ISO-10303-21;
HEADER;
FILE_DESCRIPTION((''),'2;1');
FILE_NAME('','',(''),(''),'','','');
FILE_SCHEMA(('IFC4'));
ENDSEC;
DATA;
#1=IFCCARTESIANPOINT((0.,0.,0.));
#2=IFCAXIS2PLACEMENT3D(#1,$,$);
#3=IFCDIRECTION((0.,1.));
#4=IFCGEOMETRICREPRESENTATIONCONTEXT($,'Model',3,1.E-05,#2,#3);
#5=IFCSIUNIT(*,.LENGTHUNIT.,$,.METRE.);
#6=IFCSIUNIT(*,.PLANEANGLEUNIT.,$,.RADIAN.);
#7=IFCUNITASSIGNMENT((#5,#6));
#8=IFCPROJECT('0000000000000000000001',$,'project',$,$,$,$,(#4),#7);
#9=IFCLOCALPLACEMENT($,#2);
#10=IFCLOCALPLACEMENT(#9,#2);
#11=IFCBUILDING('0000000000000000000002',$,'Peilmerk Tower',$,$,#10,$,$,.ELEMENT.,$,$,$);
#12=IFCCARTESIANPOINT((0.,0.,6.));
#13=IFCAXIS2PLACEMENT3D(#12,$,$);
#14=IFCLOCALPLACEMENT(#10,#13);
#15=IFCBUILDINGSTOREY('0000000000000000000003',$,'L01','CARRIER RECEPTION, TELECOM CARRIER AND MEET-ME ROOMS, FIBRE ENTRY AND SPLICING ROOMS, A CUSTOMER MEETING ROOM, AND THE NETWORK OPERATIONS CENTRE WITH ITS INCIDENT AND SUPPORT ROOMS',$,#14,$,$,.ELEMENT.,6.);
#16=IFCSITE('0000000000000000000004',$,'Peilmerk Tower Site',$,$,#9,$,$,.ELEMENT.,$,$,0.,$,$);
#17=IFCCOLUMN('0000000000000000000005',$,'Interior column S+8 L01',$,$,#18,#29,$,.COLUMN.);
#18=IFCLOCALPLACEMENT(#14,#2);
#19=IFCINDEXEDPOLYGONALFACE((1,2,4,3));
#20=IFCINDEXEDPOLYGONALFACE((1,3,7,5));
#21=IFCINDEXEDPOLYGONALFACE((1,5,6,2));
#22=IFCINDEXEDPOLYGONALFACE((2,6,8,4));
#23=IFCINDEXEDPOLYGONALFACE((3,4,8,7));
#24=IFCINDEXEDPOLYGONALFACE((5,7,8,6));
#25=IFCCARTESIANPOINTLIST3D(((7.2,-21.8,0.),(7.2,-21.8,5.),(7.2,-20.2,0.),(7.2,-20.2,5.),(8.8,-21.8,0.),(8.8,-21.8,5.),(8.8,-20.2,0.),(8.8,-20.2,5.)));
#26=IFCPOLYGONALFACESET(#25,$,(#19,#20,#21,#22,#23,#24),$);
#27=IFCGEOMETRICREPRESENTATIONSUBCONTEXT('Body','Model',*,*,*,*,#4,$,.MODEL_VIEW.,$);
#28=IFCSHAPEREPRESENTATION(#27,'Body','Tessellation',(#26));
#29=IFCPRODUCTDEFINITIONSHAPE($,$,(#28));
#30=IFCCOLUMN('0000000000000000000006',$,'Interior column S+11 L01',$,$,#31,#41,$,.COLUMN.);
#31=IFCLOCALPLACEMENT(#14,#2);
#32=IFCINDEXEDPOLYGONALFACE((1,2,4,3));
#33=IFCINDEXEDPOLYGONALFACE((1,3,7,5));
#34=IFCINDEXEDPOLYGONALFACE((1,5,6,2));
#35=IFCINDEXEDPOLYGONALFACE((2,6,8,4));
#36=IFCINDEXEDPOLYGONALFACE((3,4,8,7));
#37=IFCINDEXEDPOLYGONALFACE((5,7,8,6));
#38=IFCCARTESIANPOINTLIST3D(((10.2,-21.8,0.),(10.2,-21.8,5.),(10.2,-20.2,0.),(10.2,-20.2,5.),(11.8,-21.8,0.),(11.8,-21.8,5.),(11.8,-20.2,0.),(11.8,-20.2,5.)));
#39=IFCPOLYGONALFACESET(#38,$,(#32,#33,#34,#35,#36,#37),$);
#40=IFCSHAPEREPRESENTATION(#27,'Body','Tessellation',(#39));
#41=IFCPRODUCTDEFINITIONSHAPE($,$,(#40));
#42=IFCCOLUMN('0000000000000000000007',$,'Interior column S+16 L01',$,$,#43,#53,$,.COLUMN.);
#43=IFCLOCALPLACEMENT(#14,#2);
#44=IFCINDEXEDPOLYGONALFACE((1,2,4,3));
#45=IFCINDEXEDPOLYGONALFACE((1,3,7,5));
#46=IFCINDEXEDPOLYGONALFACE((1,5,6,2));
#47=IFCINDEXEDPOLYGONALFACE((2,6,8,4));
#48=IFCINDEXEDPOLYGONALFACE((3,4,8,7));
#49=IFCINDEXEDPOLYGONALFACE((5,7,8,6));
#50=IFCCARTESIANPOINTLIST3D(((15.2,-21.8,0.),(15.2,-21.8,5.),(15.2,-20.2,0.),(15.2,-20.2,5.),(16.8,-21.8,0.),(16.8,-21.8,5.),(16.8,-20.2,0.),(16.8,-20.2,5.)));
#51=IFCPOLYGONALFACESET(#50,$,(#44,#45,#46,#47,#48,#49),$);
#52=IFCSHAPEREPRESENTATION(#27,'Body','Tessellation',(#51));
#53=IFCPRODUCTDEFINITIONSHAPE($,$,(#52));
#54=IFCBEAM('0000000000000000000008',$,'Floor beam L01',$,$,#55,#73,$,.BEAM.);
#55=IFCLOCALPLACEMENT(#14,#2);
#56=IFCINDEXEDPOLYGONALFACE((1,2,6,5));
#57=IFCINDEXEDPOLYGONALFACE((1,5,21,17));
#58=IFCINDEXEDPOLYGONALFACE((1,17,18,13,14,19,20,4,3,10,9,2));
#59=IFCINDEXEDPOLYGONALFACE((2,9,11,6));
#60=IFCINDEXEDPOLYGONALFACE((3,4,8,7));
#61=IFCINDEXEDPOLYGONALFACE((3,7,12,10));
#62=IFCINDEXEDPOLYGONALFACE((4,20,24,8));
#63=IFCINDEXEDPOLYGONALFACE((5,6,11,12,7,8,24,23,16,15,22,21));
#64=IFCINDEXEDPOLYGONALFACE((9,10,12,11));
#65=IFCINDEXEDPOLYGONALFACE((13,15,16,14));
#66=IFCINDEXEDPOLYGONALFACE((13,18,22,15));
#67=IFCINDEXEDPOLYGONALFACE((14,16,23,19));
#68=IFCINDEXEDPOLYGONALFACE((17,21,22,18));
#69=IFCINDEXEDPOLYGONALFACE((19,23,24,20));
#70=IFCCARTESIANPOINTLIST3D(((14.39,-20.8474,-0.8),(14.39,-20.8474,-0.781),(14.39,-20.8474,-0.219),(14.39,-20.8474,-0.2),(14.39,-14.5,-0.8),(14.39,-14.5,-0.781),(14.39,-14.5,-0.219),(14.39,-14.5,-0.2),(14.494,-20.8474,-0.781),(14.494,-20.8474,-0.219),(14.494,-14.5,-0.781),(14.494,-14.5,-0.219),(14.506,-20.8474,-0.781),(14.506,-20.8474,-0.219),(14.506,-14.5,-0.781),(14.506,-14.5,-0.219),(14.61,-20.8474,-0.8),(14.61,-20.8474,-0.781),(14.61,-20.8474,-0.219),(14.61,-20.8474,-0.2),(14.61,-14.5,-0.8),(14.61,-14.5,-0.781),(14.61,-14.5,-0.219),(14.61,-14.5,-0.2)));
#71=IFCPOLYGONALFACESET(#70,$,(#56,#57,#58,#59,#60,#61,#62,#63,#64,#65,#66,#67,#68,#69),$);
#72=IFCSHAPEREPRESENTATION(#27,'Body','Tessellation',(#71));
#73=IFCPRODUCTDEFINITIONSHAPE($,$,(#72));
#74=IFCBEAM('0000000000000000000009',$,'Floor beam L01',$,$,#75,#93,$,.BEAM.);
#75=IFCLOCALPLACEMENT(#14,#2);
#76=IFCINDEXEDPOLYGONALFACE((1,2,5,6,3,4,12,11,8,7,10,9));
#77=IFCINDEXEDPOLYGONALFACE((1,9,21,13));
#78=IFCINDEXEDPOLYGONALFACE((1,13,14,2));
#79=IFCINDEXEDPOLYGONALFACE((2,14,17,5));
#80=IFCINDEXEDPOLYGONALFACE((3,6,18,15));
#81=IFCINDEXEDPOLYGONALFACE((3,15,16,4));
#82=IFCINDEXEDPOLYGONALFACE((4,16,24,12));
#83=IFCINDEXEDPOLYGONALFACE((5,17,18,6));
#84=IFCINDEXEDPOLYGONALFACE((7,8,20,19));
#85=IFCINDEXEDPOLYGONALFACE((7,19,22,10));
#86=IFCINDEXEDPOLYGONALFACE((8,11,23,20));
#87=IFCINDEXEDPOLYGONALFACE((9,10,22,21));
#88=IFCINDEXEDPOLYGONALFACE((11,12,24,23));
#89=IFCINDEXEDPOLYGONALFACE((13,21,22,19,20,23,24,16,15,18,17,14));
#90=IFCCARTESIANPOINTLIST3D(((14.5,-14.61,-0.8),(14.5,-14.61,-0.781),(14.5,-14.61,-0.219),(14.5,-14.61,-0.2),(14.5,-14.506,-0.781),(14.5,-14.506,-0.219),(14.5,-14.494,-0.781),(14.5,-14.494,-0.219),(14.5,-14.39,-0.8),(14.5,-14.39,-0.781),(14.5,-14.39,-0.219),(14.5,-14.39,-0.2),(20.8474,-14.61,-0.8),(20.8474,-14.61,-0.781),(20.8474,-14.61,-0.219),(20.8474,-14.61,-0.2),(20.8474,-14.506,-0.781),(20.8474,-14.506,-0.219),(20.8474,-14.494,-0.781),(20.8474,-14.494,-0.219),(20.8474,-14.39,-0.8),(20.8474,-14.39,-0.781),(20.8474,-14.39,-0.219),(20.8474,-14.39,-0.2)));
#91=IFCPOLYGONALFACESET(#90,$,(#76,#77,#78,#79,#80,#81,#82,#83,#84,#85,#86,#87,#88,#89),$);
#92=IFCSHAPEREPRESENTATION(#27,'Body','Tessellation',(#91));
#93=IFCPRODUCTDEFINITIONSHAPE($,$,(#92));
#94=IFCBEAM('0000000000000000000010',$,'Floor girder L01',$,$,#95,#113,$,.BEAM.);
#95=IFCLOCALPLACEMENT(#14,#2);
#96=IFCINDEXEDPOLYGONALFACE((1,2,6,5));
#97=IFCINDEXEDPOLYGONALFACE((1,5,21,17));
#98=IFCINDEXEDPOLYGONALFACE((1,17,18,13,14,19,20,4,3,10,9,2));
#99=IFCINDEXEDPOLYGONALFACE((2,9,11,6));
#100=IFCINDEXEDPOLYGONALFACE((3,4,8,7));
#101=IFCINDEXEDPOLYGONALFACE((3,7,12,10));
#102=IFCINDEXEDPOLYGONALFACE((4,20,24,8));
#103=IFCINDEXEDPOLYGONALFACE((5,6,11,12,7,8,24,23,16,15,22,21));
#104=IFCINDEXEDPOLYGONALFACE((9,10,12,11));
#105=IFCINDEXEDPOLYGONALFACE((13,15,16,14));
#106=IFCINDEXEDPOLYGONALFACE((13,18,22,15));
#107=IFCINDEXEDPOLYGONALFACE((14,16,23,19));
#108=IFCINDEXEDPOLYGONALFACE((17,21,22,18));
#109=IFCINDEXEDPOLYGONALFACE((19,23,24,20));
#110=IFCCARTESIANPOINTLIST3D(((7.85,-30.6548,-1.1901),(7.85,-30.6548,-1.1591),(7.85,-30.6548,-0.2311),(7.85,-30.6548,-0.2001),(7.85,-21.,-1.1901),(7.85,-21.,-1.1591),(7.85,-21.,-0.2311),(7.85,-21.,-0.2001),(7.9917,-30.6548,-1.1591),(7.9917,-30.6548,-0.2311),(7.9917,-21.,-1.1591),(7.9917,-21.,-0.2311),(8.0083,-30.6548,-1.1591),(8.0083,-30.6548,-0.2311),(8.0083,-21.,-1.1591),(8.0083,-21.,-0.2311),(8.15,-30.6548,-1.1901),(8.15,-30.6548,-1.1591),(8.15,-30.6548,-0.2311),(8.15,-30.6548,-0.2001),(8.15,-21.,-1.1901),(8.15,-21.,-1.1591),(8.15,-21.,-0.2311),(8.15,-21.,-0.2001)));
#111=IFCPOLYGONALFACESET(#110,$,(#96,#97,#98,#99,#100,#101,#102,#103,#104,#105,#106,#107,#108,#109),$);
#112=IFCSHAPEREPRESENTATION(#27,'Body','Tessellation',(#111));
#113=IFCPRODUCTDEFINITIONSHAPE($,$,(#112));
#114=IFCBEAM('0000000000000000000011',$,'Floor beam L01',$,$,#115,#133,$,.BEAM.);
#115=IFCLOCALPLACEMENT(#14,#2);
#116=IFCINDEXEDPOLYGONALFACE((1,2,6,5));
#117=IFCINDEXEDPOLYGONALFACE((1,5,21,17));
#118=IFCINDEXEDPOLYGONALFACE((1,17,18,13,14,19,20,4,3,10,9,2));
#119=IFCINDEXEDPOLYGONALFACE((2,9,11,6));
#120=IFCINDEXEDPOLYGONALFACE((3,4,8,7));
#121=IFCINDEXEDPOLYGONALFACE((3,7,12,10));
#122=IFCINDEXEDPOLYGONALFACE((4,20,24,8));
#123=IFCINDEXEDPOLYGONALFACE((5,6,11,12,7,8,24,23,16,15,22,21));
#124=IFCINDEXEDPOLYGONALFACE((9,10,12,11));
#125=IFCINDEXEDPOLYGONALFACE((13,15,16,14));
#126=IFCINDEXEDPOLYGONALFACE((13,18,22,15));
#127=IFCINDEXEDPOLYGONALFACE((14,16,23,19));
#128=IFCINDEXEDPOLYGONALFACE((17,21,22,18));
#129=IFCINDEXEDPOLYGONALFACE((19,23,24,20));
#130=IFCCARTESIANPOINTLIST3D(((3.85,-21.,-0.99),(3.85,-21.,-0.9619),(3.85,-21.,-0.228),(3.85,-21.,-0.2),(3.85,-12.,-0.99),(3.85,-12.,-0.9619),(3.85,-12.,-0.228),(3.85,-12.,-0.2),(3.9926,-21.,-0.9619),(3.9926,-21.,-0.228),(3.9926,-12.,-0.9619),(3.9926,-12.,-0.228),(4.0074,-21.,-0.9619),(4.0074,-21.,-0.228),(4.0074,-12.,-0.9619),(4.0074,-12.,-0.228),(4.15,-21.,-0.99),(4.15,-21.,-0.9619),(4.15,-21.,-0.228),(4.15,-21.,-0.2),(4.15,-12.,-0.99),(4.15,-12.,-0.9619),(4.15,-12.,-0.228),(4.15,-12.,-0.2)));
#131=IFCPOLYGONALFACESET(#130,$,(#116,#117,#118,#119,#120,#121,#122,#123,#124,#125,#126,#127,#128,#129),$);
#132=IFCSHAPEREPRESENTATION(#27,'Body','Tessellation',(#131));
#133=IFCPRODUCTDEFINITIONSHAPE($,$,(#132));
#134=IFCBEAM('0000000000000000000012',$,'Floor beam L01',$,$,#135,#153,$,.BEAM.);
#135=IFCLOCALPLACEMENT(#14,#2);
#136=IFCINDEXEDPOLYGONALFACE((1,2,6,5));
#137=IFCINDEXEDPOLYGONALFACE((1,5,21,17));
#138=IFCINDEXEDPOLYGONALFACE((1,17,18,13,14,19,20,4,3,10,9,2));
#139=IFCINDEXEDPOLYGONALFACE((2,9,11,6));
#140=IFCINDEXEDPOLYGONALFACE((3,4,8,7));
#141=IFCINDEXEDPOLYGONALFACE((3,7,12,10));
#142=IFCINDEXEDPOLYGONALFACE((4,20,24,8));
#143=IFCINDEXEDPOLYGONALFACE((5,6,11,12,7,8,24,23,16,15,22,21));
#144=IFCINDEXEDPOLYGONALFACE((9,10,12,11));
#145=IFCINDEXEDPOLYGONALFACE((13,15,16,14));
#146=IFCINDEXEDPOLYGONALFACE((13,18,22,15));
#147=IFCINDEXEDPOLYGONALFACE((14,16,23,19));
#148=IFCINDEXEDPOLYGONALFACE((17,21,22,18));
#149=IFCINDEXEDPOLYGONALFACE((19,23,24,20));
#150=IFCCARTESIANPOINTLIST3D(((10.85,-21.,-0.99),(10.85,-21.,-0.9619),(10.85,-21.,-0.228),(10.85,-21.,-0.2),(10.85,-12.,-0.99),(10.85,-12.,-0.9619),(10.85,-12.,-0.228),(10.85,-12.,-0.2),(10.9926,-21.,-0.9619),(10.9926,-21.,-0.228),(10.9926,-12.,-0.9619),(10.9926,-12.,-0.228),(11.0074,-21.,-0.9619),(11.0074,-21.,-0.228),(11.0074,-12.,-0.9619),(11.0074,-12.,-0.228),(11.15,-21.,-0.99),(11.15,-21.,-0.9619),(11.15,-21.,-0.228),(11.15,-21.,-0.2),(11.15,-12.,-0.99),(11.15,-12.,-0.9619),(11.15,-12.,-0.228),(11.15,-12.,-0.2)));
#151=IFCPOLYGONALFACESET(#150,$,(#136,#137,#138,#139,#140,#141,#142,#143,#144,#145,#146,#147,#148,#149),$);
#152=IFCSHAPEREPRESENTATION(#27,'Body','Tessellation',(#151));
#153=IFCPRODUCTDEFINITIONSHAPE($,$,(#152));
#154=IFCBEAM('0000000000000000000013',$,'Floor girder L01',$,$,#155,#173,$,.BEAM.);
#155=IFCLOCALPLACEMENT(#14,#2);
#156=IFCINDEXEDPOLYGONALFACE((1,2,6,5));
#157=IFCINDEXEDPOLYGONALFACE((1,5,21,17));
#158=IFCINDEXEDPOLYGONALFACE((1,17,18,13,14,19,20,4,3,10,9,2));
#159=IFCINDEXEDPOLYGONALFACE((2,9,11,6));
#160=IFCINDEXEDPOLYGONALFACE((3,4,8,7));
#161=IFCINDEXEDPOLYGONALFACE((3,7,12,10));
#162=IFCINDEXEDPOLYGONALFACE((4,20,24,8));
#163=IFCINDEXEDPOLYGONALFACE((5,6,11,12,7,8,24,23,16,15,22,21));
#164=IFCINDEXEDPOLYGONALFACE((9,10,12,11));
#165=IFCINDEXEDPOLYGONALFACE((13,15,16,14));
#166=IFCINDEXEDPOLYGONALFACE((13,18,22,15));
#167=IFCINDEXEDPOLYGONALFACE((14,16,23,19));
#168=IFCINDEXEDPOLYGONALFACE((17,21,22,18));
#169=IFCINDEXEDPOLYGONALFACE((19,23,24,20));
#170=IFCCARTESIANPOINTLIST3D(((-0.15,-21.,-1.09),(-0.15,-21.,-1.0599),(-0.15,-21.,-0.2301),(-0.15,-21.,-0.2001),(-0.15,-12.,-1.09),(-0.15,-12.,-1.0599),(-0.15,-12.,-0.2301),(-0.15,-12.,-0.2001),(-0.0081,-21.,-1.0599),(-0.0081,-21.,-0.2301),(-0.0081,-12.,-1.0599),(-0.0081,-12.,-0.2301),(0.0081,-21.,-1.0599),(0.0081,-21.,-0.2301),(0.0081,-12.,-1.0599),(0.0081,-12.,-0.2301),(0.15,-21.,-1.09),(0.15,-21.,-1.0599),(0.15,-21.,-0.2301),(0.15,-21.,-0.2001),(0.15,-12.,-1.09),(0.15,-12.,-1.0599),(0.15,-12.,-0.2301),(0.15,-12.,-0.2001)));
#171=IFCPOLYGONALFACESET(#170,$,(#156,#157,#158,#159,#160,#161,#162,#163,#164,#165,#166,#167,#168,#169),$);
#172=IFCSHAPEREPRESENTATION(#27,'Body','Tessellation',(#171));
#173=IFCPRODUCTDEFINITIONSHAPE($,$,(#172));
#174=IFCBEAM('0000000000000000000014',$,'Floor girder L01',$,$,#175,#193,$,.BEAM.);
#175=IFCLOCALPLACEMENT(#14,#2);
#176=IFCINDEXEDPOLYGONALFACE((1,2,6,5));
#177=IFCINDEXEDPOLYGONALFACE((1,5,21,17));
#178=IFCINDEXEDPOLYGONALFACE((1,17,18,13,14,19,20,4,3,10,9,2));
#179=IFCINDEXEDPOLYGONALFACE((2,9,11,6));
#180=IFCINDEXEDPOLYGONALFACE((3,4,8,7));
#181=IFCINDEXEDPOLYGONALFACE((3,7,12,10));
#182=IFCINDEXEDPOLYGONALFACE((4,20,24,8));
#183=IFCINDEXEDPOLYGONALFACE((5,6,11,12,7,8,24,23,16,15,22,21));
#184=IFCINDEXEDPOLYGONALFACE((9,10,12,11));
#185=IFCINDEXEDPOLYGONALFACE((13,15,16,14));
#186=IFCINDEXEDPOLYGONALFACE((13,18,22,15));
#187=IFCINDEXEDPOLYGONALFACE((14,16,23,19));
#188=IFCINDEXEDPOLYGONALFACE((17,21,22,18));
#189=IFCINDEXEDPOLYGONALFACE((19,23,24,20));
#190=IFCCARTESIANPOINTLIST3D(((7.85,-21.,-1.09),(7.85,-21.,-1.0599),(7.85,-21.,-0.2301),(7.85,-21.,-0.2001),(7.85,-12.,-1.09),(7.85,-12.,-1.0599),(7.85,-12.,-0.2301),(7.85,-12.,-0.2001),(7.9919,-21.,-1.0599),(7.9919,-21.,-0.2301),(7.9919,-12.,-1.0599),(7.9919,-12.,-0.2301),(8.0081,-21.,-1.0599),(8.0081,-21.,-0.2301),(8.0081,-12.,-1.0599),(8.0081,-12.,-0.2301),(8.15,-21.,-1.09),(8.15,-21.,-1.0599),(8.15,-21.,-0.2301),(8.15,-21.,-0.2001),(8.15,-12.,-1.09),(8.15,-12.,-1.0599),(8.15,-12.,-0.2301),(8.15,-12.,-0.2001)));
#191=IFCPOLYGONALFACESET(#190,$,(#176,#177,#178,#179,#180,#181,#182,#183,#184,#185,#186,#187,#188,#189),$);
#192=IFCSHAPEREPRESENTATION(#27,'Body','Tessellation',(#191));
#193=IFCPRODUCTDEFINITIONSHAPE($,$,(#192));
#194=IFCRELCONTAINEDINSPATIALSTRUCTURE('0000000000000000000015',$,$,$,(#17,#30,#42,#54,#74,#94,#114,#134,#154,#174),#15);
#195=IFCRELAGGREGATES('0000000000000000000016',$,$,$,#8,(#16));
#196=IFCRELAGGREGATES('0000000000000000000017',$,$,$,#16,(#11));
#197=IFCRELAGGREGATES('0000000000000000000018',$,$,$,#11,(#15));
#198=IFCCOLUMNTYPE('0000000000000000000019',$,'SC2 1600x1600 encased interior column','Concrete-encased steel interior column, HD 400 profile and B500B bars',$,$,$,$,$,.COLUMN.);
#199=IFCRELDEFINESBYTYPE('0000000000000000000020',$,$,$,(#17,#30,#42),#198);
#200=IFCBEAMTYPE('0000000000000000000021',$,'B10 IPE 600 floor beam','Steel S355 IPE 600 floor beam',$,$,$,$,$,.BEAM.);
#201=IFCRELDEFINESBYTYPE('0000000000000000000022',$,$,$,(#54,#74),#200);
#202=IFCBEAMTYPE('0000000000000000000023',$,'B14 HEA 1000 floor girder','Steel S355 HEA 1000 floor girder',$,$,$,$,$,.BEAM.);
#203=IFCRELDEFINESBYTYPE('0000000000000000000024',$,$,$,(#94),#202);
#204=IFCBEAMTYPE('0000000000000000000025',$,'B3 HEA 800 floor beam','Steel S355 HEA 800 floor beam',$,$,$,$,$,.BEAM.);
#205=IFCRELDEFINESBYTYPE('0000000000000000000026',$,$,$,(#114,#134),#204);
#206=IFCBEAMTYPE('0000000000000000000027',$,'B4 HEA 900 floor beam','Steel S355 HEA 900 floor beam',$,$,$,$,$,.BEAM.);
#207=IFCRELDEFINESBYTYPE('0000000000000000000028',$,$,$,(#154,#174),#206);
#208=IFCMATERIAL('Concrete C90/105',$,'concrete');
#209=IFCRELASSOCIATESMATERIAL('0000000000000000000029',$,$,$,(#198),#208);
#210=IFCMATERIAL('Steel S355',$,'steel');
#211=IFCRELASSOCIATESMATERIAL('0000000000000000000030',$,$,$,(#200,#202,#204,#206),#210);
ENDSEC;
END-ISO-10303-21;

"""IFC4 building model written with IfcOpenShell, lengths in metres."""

from ifc_helpers import new_model, si_unit, direction, frame, origin, origin_2d, place, context, subcontext, project, spatial, rectangle, i_section, extrude, material, material_profile, profile_set, type_object, element, save


model = new_model("IFC4")

# Units and contexts
model_context = context("Model", 3, precision=1e-05, world=origin(), true_north=direction((0.0, 1.0)))
body_context = subcontext(model_context, "Body", "Model", "MODEL_VIEW")
ifc_project = project(units=[si_unit("LENGTHUNIT", "METRE"), si_unit("PLANEANGLEUNIT", "RADIAN")], contexts=[model_context])

# Site, building, storey
site_placement = place(None, origin())
site = spatial("IfcSite", under=ifc_project, at=site_placement, Name="Peilmerk Tower Site", CompositionType="ELEMENT", RefElevation=0.0)
building_placement = place(site_placement, origin())
building = spatial("IfcBuilding", under=site, at=building_placement, Name="Peilmerk Tower", CompositionType="ELEMENT")
storey_placement = place(building_placement, frame((0.0, 0.0, 6.0)))
storey = spatial("IfcBuildingStorey", under=building, at=storey_placement, Name="L01", Description="CARRIER RECEPTION, TELECOM CARRIER AND MEET-ME ROOMS, FIBRE ENTRY AND SPLICING ROOMS, A CUSTOMER MEETING ROOM, AND THE NETWORK OPERATIONS CENTRE WITH ITS INCIDENT AND SUPPORT ROOMS", CompositionType="ELEMENT", Elevation=6.0)

# Columns
ifc_material_1 = material(Name="Concrete C90/105", Category="concrete")
ifc_material_profile_1 = material_profile(ifc_material_1, rectangle(XDim=1.6001, YDim=1.6001, at=origin_2d()), Name="RC 1600x1600")
ifc_profile_set_1 = profile_set([ifc_material_profile_1], Name="Concrete C90/105")
column_type = type_object("IfcColumnType", Name="SC2 1600x1600 encased interior column", Description="Concrete-encased steel interior column, HD 400 profile and B500B bars", PredefinedType="COLUMN", material=ifc_profile_set_1)
for number, where, z_axis, x_axis, name in (
    (1, (8.0, -21.0, 0.0), (0.0, 0.0, 1.0), (1.0, 0.0, 0.0), "Interior column S+8 L01"),
    (2, (11.0, -21.0, 0.0), (0.0, 0.0, 1.0), (1.0, 0.0, 0.0), "Interior column S+11 L01"),
    (3, (16.0, -21.0, 0.0), (0.0, 0.0, 1.0), (1.0, 0.0, 0.0), "Interior column S+16 L01"),
):
    element("IfcColumn", number, at=place(storey_placement, frame(where, z_axis=z_axis, x_axis=x_axis)), inside=storey, type_object=column_type, Name=name, PredefinedType="COLUMN", context=body_context, shape_type="SweptSolid", body=[
        extrude(rectangle(XDim=1.6001, YDim=1.6001, at=origin_2d()), origin(), (0.0, 0.0, 1.0), 5.0),
    ])

# Beams
ifc_material_2 = material(Name="Steel S355", Category="steel")
ifc_material_profile_2 = material_profile(ifc_material_2, i_section(OverallWidth=0.22, OverallDepth=0.6001, WebThickness=0.012, FlangeThickness=0.019, at=origin_2d()), Name="IPE 600")
ifc_profile_set_2 = profile_set([ifc_material_profile_2], Name="Steel S355")
beam_type_1 = type_object("IfcBeamType", Name="B10 IPE 600 floor beam", Description="Steel S355 IPE 600 floor beam", PredefinedType="BEAM", material=ifc_profile_set_2)
for number, where, z_axis, x_axis, name in (
    (4, (14.5, -14.5, -0.5), (0.0, -1.0, 0.0), (1.0, 0.0, 0.0), "Floor beam L01"),
    (5, (14.5, -14.5, -0.5), (1.0, 0.0, 0.0), (0.0, 1.0, 0.0), "Floor beam L01"),
):
    element("IfcBeam", number, at=place(storey_placement, frame(where, z_axis=z_axis, x_axis=x_axis)), inside=storey, type_object=beam_type_1, Name=name, PredefinedType="BEAM", context=body_context, shape_type="SweptSolid", body=[
        extrude(i_section(OverallWidth=0.22, OverallDepth=0.6001, WebThickness=0.012, FlangeThickness=0.019, at=origin_2d()), origin(), (0.0, 0.0, 1.0), 6.3474),
    ])
ifc_material_profile_3 = material_profile(ifc_material_2, i_section(OverallWidth=0.3, OverallDepth=0.99, WebThickness=0.0166, FlangeThickness=0.031, at=origin_2d()), Name="HEA 1000")
ifc_profile_set_3 = profile_set([ifc_material_profile_3], Name="Steel S355")
beam_type_2 = type_object("IfcBeamType", Name="B14 HEA 1000 floor girder", Description="Steel S355 HEA 1000 floor girder", PredefinedType="BEAM", material=ifc_profile_set_3)
beam_1_placement = place(storey_placement, frame((8.0, -21.0, -0.6951), z_axis=(0.0, -1.0, 0.0), x_axis=(1.0, 0.0, 0.0)))
element("IfcBeam", 6, at=beam_1_placement, inside=storey, type_object=beam_type_2, Name="Floor girder L01", PredefinedType="BEAM", context=body_context, shape_type="SweptSolid", body=[
    extrude(i_section(OverallWidth=0.3, OverallDepth=0.99, WebThickness=0.0166, FlangeThickness=0.031, at=origin_2d()), origin(), (0.0, 0.0, 1.0), 9.6548),
])
ifc_material_profile_4 = material_profile(ifc_material_2, i_section(OverallWidth=0.3, OverallDepth=0.79, WebThickness=0.0149, FlangeThickness=0.0281, at=origin_2d()), Name="HEA 800")
ifc_profile_set_4 = profile_set([ifc_material_profile_4], Name="Steel S355")
beam_type_3 = type_object("IfcBeamType", Name="B3 HEA 800 floor beam", Description="Steel S355 HEA 800 floor beam", PredefinedType="BEAM", material=ifc_profile_set_4)
for number, where, z_axis, x_axis, name in (
    (7, (4.0, -12.0, -0.595), (0.0, -1.0, 0.0), (1.0, 0.0, 0.0), "Floor beam L01"),
    (8, (11.0, -12.0, -0.595), (0.0, -1.0, 0.0), (1.0, 0.0, 0.0), "Floor beam L01"),
):
    element("IfcBeam", number, at=place(storey_placement, frame(where, z_axis=z_axis, x_axis=x_axis)), inside=storey, type_object=beam_type_3, Name=name, PredefinedType="BEAM", context=body_context, shape_type="SweptSolid", body=[
        extrude(i_section(OverallWidth=0.3, OverallDepth=0.79, WebThickness=0.0149, FlangeThickness=0.0281, at=origin_2d()), origin(), (0.0, 0.0, 1.0), 9.0),
    ])
ifc_material_profile_5 = material_profile(ifc_material_2, i_section(OverallWidth=0.3, OverallDepth=0.8899, WebThickness=0.0161, FlangeThickness=0.03, at=origin_2d()), Name="HEA 900")
ifc_profile_set_5 = profile_set([ifc_material_profile_5], Name="Steel S355")
beam_type_4 = type_object("IfcBeamType", Name="B4 HEA 900 floor beam", Description="Steel S355 HEA 900 floor beam", PredefinedType="BEAM", material=ifc_profile_set_5)
for number, where, z_axis, x_axis, name in (
    (9, (0.0, -12.0, -0.645), (0.0, -1.0, 0.0), (1.0, 0.0, 0.0), "Floor girder L01"),
    (10, (8.0, -12.0, -0.645), (0.0, -1.0, 0.0), (1.0, 0.0, 0.0), "Floor girder L01"),
):
    element("IfcBeam", number, at=place(storey_placement, frame(where, z_axis=z_axis, x_axis=x_axis)), inside=storey, type_object=beam_type_4, Name=name, PredefinedType="BEAM", context=body_context, shape_type="SweptSolid", body=[
        extrude(i_section(OverallWidth=0.3, OverallDepth=0.8899, WebThickness=0.0161, FlangeThickness=0.03, at=origin_2d()), origin(), (0.0, 0.0, 1.0), 9.0),
    ])

save(model, "model.ifc")
